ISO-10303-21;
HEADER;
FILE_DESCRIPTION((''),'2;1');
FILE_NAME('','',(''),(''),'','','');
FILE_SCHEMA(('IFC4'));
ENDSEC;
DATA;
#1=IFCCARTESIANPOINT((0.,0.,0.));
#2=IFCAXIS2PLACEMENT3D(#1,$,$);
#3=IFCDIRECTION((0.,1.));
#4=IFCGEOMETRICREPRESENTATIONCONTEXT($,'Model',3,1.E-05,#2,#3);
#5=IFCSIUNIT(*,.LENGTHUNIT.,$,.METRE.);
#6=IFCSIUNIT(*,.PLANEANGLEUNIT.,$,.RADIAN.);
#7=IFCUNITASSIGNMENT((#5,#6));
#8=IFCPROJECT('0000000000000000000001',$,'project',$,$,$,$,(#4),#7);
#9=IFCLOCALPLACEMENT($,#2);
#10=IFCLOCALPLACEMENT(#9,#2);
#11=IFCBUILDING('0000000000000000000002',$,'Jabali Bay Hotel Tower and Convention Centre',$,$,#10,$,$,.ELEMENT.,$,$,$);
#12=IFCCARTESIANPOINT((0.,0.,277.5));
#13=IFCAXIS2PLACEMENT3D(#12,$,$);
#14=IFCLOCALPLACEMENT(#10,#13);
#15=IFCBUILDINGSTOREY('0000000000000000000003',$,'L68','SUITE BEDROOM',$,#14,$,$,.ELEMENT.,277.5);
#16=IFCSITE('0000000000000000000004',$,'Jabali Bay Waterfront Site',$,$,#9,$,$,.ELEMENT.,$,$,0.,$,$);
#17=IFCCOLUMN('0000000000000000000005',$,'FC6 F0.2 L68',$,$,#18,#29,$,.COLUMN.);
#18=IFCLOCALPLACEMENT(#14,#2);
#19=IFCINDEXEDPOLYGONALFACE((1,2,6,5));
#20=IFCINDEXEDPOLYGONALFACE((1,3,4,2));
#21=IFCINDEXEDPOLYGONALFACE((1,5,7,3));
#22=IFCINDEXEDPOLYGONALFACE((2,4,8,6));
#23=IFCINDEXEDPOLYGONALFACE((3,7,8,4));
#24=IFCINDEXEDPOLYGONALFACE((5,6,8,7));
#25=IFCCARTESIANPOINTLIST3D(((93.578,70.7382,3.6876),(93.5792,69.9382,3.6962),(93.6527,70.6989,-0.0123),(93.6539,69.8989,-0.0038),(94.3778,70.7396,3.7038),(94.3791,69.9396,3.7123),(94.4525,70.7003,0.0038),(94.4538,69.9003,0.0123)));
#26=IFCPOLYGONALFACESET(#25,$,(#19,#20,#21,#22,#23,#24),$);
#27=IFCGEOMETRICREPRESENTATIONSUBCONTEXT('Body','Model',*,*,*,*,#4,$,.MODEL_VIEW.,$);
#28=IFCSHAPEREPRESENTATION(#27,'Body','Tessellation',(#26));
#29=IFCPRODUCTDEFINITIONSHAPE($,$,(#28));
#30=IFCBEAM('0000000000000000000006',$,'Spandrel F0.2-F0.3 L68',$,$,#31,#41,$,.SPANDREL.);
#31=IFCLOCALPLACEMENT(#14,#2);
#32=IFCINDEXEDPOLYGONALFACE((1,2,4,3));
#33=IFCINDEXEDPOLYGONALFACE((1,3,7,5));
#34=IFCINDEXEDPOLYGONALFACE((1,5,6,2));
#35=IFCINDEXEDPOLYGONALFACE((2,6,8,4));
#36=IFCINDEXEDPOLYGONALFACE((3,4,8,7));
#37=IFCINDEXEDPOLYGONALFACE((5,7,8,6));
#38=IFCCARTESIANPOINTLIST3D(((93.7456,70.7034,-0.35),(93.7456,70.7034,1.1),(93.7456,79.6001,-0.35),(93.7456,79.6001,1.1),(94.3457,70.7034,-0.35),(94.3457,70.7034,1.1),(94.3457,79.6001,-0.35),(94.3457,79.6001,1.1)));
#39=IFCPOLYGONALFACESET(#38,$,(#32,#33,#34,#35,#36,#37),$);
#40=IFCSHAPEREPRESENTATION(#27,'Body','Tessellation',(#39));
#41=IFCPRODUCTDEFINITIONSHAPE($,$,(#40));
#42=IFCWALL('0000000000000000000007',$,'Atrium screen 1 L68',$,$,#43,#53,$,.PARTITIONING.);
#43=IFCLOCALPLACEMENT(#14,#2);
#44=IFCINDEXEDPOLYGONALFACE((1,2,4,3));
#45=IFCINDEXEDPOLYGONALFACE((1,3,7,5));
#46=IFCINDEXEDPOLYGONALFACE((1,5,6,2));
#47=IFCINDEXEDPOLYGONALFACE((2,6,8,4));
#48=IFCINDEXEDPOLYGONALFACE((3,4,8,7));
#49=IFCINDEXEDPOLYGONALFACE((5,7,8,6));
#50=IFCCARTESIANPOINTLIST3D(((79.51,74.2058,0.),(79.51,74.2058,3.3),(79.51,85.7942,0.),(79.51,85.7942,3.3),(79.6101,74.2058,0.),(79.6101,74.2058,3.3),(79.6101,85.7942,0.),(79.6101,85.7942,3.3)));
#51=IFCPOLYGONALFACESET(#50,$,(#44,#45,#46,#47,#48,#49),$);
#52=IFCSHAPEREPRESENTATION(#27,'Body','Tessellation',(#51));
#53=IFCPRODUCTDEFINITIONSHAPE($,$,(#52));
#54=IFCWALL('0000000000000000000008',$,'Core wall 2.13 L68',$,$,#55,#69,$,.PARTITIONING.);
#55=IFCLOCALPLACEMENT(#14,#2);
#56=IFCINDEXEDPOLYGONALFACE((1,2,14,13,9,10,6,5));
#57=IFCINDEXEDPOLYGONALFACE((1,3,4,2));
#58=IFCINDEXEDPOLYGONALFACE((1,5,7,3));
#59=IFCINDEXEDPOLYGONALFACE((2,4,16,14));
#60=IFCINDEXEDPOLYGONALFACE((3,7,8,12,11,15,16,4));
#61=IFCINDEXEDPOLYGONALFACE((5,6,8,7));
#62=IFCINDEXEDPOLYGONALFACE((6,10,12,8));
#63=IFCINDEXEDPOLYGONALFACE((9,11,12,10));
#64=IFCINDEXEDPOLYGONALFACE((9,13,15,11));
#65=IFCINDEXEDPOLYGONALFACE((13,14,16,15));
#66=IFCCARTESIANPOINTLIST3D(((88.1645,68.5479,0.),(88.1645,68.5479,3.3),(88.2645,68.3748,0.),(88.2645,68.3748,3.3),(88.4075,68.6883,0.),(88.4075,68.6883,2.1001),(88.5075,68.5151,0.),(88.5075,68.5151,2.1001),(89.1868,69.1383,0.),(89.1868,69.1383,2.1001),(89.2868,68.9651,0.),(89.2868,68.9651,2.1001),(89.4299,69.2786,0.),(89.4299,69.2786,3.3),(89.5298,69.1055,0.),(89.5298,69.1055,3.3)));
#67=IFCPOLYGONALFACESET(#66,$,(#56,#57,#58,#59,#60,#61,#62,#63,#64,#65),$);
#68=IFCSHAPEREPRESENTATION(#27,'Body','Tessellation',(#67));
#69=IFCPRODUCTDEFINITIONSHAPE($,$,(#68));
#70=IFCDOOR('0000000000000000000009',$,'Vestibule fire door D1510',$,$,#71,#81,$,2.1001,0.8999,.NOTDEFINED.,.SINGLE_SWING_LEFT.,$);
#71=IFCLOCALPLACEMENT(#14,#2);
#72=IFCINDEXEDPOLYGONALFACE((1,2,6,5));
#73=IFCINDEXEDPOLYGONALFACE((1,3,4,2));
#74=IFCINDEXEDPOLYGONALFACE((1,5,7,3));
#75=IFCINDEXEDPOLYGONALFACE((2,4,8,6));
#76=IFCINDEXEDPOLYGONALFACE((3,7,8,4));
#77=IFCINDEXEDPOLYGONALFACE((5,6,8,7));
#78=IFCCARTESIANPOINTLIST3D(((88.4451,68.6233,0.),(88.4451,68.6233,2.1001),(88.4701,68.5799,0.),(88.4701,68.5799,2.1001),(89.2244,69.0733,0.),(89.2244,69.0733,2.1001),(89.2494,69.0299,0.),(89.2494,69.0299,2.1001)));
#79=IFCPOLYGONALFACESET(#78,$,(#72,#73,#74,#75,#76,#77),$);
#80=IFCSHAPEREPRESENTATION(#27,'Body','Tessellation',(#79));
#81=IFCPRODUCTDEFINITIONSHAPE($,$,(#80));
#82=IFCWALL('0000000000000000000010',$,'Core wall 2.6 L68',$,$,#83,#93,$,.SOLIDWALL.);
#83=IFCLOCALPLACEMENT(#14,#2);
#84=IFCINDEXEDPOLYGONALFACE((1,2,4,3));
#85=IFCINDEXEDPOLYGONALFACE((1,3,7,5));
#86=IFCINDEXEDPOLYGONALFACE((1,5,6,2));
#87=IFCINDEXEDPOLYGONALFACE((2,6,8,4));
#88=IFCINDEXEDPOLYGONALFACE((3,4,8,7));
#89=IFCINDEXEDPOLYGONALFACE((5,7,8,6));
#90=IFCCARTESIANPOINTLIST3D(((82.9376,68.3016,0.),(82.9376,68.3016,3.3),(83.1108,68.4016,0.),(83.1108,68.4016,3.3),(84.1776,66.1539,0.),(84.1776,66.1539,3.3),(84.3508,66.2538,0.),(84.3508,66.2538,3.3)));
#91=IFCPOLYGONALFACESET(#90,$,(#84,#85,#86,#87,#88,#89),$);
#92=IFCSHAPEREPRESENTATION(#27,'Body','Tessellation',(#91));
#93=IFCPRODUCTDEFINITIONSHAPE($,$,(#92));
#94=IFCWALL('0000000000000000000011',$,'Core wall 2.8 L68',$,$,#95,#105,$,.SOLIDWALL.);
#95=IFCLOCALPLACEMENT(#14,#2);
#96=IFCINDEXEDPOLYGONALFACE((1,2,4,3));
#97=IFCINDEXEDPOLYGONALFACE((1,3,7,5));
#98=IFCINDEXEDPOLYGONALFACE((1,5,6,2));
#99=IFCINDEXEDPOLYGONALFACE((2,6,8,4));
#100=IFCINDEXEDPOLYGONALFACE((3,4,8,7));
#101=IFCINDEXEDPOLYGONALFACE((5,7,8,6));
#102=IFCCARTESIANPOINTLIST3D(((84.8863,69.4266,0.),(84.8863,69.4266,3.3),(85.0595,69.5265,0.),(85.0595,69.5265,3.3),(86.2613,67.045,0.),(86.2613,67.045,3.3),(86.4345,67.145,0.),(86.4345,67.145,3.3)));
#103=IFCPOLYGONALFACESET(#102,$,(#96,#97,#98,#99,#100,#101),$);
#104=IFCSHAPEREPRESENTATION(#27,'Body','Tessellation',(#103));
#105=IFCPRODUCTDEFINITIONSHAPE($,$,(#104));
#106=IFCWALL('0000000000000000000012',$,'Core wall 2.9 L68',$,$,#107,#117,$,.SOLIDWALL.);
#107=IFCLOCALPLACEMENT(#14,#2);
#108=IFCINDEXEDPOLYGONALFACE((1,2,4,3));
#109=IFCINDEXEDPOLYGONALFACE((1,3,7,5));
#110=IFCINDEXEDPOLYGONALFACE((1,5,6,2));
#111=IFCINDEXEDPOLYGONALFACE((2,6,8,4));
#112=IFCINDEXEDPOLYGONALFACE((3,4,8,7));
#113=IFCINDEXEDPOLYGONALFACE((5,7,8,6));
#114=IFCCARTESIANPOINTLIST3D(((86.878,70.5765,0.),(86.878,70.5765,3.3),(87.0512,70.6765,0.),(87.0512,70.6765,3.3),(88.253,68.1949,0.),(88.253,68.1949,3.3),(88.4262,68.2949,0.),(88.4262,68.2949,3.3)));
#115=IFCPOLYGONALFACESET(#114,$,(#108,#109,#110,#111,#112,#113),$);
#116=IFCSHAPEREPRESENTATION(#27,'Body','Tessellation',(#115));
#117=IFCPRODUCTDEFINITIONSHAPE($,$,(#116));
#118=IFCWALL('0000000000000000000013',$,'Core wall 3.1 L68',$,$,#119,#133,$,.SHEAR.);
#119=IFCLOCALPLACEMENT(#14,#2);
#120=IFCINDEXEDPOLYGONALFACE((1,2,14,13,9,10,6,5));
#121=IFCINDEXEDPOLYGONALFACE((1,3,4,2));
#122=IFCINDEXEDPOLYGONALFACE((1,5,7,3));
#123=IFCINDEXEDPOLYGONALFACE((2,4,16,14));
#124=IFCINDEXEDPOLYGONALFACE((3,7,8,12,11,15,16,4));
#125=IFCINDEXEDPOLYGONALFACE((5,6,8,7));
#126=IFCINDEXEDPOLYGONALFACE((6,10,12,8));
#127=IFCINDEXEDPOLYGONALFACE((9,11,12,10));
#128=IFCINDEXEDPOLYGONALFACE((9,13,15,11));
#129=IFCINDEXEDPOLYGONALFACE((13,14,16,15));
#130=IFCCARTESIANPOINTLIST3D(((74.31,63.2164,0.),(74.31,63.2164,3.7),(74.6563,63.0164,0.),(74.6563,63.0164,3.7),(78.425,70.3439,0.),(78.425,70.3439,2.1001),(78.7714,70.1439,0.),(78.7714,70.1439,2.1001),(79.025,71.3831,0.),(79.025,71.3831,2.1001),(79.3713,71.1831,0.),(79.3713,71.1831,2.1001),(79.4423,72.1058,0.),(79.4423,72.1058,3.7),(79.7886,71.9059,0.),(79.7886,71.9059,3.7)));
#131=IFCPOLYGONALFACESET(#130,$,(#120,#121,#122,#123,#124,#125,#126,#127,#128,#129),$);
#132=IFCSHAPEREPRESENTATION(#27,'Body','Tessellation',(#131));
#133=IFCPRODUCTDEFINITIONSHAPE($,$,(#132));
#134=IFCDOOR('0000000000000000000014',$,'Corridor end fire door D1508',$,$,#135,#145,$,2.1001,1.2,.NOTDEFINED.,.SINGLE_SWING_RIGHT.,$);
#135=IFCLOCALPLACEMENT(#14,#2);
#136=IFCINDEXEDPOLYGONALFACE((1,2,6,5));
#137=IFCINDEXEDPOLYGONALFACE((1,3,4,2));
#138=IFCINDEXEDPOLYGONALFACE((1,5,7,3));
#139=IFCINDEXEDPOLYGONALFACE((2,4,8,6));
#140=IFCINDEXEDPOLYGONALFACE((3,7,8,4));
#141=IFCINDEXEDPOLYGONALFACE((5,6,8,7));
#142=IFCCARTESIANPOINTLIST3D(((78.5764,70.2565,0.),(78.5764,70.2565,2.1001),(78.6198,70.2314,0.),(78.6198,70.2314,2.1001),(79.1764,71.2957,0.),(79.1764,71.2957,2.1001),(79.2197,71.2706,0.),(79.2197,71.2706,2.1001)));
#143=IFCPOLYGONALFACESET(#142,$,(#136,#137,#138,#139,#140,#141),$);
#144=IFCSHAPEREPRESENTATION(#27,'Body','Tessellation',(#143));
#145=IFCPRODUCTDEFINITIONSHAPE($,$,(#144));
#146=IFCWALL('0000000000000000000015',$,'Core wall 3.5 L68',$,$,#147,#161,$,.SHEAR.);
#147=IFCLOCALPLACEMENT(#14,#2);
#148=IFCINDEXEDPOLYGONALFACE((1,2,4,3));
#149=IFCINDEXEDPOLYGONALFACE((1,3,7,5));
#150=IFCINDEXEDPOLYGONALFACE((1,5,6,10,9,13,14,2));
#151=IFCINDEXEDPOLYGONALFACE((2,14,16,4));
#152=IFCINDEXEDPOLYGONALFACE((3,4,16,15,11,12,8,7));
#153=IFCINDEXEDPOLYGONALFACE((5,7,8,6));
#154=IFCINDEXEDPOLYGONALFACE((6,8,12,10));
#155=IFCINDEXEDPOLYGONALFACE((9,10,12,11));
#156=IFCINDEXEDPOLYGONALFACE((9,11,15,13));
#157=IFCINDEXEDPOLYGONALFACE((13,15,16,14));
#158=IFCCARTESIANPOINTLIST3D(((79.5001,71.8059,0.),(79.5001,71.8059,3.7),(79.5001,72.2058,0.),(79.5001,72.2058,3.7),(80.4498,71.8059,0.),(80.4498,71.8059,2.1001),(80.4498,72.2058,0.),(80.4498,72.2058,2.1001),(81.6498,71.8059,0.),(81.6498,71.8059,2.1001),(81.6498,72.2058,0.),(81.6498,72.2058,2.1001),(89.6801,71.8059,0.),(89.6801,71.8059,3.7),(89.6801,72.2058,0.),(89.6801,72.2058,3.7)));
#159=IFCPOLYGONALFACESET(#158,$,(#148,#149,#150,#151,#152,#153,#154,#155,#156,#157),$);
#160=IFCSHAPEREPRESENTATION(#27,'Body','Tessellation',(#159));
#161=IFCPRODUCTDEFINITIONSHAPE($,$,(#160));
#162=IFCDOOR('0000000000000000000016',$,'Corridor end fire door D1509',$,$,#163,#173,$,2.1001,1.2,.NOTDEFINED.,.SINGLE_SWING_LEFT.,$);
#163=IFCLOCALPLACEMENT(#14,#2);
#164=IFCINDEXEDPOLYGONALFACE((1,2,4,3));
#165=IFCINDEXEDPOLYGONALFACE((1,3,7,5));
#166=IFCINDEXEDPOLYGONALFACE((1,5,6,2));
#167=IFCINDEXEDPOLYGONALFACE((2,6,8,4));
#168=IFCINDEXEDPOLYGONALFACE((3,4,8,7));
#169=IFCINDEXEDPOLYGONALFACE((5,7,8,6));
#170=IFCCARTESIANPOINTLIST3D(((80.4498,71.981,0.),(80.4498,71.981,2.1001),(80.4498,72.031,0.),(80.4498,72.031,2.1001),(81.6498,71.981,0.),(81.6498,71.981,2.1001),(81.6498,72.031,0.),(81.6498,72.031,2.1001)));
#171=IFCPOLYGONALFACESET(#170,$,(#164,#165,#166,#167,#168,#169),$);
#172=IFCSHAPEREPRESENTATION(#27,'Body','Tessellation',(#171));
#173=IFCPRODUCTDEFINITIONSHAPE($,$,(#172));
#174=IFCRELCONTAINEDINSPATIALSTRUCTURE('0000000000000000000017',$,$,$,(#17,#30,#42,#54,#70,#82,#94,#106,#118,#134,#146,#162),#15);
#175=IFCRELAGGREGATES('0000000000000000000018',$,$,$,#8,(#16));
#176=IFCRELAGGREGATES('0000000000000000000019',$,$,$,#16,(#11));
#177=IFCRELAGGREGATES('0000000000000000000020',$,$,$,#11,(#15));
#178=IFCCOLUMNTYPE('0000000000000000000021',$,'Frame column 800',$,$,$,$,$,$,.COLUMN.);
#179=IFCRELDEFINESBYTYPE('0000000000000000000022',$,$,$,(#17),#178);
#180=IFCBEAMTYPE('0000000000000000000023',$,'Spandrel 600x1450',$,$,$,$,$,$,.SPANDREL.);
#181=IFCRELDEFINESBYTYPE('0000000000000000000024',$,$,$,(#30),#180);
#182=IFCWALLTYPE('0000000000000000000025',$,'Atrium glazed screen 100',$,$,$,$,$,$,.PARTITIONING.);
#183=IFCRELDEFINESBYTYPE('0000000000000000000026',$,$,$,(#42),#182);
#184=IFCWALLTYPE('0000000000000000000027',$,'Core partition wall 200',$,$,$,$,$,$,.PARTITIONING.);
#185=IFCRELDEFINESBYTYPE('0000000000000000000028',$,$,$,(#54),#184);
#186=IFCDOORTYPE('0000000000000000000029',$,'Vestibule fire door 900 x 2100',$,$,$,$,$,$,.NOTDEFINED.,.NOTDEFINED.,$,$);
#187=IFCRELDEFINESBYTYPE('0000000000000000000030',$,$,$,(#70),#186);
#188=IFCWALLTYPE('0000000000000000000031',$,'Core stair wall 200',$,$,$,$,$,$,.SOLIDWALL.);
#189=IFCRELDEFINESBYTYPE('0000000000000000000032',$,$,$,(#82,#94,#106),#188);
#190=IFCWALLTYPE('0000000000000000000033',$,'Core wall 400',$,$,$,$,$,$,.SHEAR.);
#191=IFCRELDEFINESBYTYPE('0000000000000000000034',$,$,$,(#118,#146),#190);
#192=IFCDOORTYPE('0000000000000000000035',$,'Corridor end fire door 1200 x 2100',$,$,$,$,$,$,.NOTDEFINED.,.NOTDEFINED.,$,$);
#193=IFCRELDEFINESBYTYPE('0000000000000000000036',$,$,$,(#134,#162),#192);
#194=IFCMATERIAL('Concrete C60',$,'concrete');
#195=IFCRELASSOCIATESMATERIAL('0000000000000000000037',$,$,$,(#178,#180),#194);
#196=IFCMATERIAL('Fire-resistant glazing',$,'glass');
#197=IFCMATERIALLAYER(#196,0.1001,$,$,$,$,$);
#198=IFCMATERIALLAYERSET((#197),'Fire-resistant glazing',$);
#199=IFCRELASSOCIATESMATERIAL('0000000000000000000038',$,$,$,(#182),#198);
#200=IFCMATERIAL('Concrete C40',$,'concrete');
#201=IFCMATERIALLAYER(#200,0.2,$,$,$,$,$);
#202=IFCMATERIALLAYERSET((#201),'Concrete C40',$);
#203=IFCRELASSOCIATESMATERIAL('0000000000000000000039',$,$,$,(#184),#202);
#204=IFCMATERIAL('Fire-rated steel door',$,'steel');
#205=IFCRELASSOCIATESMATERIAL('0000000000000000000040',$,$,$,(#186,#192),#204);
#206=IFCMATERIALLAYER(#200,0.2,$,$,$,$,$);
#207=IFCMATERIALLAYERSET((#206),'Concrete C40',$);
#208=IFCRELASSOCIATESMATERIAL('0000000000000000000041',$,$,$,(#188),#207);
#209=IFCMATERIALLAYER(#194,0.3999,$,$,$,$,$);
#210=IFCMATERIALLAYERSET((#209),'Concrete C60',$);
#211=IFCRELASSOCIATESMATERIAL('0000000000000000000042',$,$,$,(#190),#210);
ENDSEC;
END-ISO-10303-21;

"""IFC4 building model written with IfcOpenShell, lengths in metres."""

from ifc_helpers import new_model, si_unit, direction, frame, frame_2d, origin, origin_2d, place, context, subcontext, project, spatial, rectangle, extrude, material, layer, layer_set, material_profile, profile_set, type_object, element, fill, save


model = new_model("IFC4")

# Units and contexts
model_context = context("Model", 3, precision=1e-05, world=origin(), true_north=direction((0.0, 1.0)))
body_context = subcontext(model_context, "Body", "Model", "MODEL_VIEW")
ifc_project = project(units=[si_unit("LENGTHUNIT", "METRE"), si_unit("PLANEANGLEUNIT", "RADIAN")], contexts=[model_context])

# Site, building, storey
site_placement = place(None, origin())
site = spatial("IfcSite", under=ifc_project, at=site_placement, Name="Jabali Bay Waterfront Site", CompositionType="ELEMENT", RefElevation=0.0)
building_placement = place(site_placement, origin())
building = spatial("IfcBuilding", under=site, at=building_placement, Name="Jabali Bay Hotel Tower and Convention Centre", CompositionType="ELEMENT")
storey_placement = place(building_placement, frame((0.0, 0.0, 277.5)))
storey = spatial("IfcBuildingStorey", under=building, at=storey_placement, Name="L68", Description="SUITE BEDROOM", CompositionType="ELEMENT", Elevation=277.5)

# Column
ifc_material_1 = material(Name="Concrete C60", Category="concrete")
ifc_material_profile_1 = material_profile(ifc_material_1, rectangle(XDim=0.8, YDim=0.8, at=origin_2d()), Name="Frame column 800")
ifc_profile_set_1 = profile_set([ifc_material_profile_1], Name="Concrete C60")
column_type = type_object("IfcColumnType", Name="Frame column 800", PredefinedType="COLUMN", material=ifc_profile_set_1)
column_placement = place(storey_placement, frame((94.0532, 70.2996, 0.0), z_axis=(-0.020186, 0.010621, 0.99974), x_axis=(0.001538, -0.999942, 0.010654)))
element("IfcColumn", 1, at=column_placement, inside=storey, type_object=column_type, Name="FC6 F0.2 L68", PredefinedType="COLUMN", context=body_context, shape_type="SweptSolid", body=[
    extrude(rectangle(XDim=0.8, YDim=0.8, at=origin_2d()), origin(), (0.0, 0.0, 1.0), 3.7009),
])

# Beam
ifc_material_profile_2 = material_profile(ifc_material_1, rectangle(XDim=0.6001, YDim=1.45, at=origin_2d()), Name="Spandrel 600x1450")
ifc_profile_set_2 = profile_set([ifc_material_profile_2], Name="Concrete C60")
beam_type = type_object("IfcBeamType", Name="Spandrel 600x1450", PredefinedType="SPANDREL", material=ifc_profile_set_2)
beam_placement = place(storey_placement, frame((94.0457, 70.7034, 0.375), z_axis=(0.0, 1.0, 0.0), x_axis=(-1.0, 0.0, 0.0)))
element("IfcBeam", 2, at=beam_placement, inside=storey, type_object=beam_type, Name="Spandrel F0.2-F0.3 L68", PredefinedType="SPANDREL", context=body_context, shape_type="SweptSolid", body=[
    extrude(rectangle(XDim=0.6001, YDim=1.45, at=origin_2d()), origin(), (0.0, 0.0, 1.0), 8.8967),
])

# Wall
ifc_material_2 = material(Name="Fire-resistant glazing", Category="glass")
ifc_layer_1 = layer(ifc_material_2, 0.1001)
ifc_layer_set_1 = layer_set([ifc_layer_1], Name="Fire-resistant glazing")
wall_type_1 = type_object("IfcWallType", Name="Atrium glazed screen 100", PredefinedType="PARTITIONING", material=ifc_layer_set_1)
wall_1_placement = place(storey_placement, frame((79.5601, 74.2058, 0.0), z_axis=(0.0, 0.0, 1.0), x_axis=(0.0, 1.0, 0.0)))
element("IfcWall", 3, at=wall_1_placement, inside=storey, type_object=wall_type_1, Name="Atrium screen 1 L68", PredefinedType="PARTITIONING", context=body_context, shape_type="SweptSolid", body=[
    extrude(rectangle(XDim=11.5884, YDim=0.1001, at=frame_2d((5.7942, 0.0))), origin(), (0.0, 0.0, 1.0), 3.3),
])

# Wall, opening, door
ifc_material_3 = material(Name="Concrete C40", Category="concrete")
ifc_layer_2 = layer(ifc_material_3, 0.2)
ifc_layer_set_2 = layer_set([ifc_layer_2], Name="Concrete C40")
wall_type_2 = type_object("IfcWallType", Name="Core partition wall 200", PredefinedType="PARTITIONING", material=ifc_layer_set_2)
wall_2_placement = place(storey_placement, frame((88.2146, 68.4614, 0.0), z_axis=(0.0, 0.0, 1.0), x_axis=(0.865982, 0.500074, 0.0)))
wall_2 = element("IfcWall", 4, at=wall_2_placement, inside=storey, type_object=wall_type_2, Name="Core wall 2.13 L68", PredefinedType="PARTITIONING", context=body_context, shape_type="SweptSolid", body=[
    extrude(rectangle(XDim=1.4612, YDim=0.2, at=frame_2d((0.7305, 0.0))), origin(), (0.0, 0.0, 1.0), 3.3),
])
opening_1_placement = place(wall_2_placement, frame((0.2805, 0.0, 0.0)))
opening_1 = element("IfcOpeningElement", 5, at=opening_1_placement, cuts=wall_2, PredefinedType="OPENING", context=body_context, shape_type="SweptSolid", body=[
    extrude(rectangle(XDim=0.8999, YDim=2.1001, at=frame_2d((0.45, 1.05))), frame((0.0, 0.1104, 0.0), z_axis=(0.0, -1.0, 0.0), x_axis=(1.0, 0.0, 0.0)), (0.0, 0.0, 1.0), 0.2209),
])
ifc_material_4 = material(Name="Fire-rated steel door", Category="steel")
door_type_1 = type_object("IfcDoorType", Name="Vestibule fire door 900 x 2100", OperationType="NOTDEFINED", PredefinedType="NOTDEFINED", material=ifc_material_4)
door_1_placement = place(opening_1_placement, origin())
door_1 = element("IfcDoor", 6, at=door_1_placement, inside=storey, type_object=door_type_1, Name="Vestibule fire door D1510", OperationType="SINGLE_SWING_LEFT", OverallHeight=2.1001, OverallWidth=0.8999, PredefinedType="NOTDEFINED", context=body_context, shape_type="SweptSolid", body=[
    extrude(rectangle(XDim=0.8999, YDim=2.1001, at=frame_2d((0.45, 1.05))), frame((0.0, 0.0249, 0.0), z_axis=(0.0, -1.0, 0.0), x_axis=(1.0, 0.0, 0.0)), (0.0, 0.0, 1.0), 0.05),
])
fill(opening_1, door_1)

# Walls
ifc_layer_3 = layer(ifc_material_3, 0.2)
ifc_layer_set_3 = layer_set([ifc_layer_3], Name="Concrete C40")
wall_type_3 = type_object("IfcWallType", Name="Core stair wall 200", PredefinedType="SOLIDWALL", material=ifc_layer_set_3)
wall_3_placement = place(storey_placement, frame((83.0242, 68.3516, 0.0), z_axis=(0.0, 0.0, 1.0), x_axis=(0.500004, -0.866023, 0.0)))
element("IfcWall", 7, at=wall_3_placement, inside=storey, type_object=wall_type_3, Name="Core wall 2.6 L68", PredefinedType="SOLIDWALL", context=body_context, shape_type="SweptSolid", body=[
    extrude(rectangle(XDim=2.48, YDim=0.2, at=frame_2d((1.24, 0.0))), origin(), (0.0, 0.0, 1.0), 3.3),
])
for number, where, z_axis, x_axis, name in (
    (8, (84.9729, 69.4766, 0.0), (0.0, 0.0, 1.0), (0.499997, -0.866027, 0.0), "Core wall 2.8 L68"),
    (9, (86.9646, 70.6265, 0.0), (0.0, 0.0, 1.0), (0.499997, -0.866027, 0.0), "Core wall 2.9 L68"),
):
    element("IfcWall", number, at=place(storey_placement, frame(where, z_axis=z_axis, x_axis=x_axis)), inside=storey, type_object=wall_type_3, Name=name, PredefinedType="SOLIDWALL", context=body_context, shape_type="SweptSolid", body=[
        extrude(rectangle(XDim=2.75, YDim=0.2, at=frame_2d((1.375, 0.0))), origin(), (0.0, 0.0, 1.0), 3.3),
    ])

# Walls, openings, doors
ifc_layer_4 = layer(ifc_material_1, 0.3999)
ifc_layer_set_4 = layer_set([ifc_layer_4], Name="Concrete C60")
wall_type_4 = type_object("IfcWallType", Name="Core wall 400", PredefinedType="SHEAR", material=ifc_layer_set_4)
wall_4_placement = place(storey_placement, frame((79.6155, 72.0059, 0.0), z_axis=(0.0, 0.0, 1.0), x_axis=(-0.500002, -0.866024, 0.0)))
wall_4 = element("IfcWall", 10, at=wall_4_placement, inside=storey, type_object=wall_type_4, Name="Core wall 3.1 L68", PredefinedType="SHEAR", context=body_context, shape_type="SweptSolid", body=[
    extrude(rectangle(XDim=10.2646, YDim=0.3999, at=frame_2d((5.1323, 0.0))), origin(), (0.0, 0.0, 1.0), 3.7),
])
opening_2_placement = place(wall_4_placement, frame((0.8345, 0.0, 0.0)))
opening_2 = element("IfcOpeningElement", 11, at=opening_2_placement, cuts=wall_4, PredefinedType="OPENING", context=body_context, shape_type="SweptSolid", body=[
    extrude(rectangle(XDim=1.2, YDim=2.1001, at=frame_2d((0.6001, 1.05))), frame((0.0, 0.2104, 0.0), z_axis=(0.0, -1.0, 0.0), x_axis=(1.0, 0.0, 0.0)), (0.0, 0.0, 1.0), 0.4209),
])
door_type_2 = type_object("IfcDoorType", Name="Corridor end fire door 1200 x 2100", OperationType="NOTDEFINED", PredefinedType="NOTDEFINED", material=ifc_material_4)
door_2_placement = place(opening_2_placement, origin())
door_2 = element("IfcDoor", 12, at=door_2_placement, inside=storey, type_object=door_type_2, Name="Corridor end fire door D1508", OperationType="SINGLE_SWING_RIGHT", OverallHeight=2.1001, OverallWidth=1.2, PredefinedType="NOTDEFINED", context=body_context, shape_type="SweptSolid", body=[
    extrude(rectangle(XDim=1.2, YDim=2.1001, at=frame_2d((0.6001, 1.05))), frame((0.0, 0.0249, 0.0), z_axis=(0.0, -1.0, 0.0), x_axis=(1.0, 0.0, 0.0)), (0.0, 0.0, 1.0), 0.05),
])
fill(opening_2, door_2)
wall_5_placement = place(storey_placement, frame((89.6799, 72.0059, 0.0), z_axis=(0.0, 0.0, 1.0), x_axis=(-1.0, 0.0, 0.0)))
wall_5 = element("IfcWall", 13, at=wall_5_placement, inside=storey, type_object=wall_type_4, Name="Core wall 3.5 L68", PredefinedType="SHEAR", context=body_context, shape_type="SweptSolid", body=[
    extrude(rectangle(XDim=10.1799, YDim=0.3999, at=frame_2d((5.0898, 0.0))), origin(), (0.0, 0.0, 1.0), 3.7),
])
opening_3_placement = place(wall_5_placement, frame((8.03, 0.0, 0.0)))
opening_3 = element("IfcOpeningElement", 14, at=opening_3_placement, cuts=wall_5, PredefinedType="OPENING", context=body_context, shape_type="SweptSolid", body=[
    extrude(rectangle(XDim=1.2, YDim=2.1001, at=frame_2d((0.6001, 1.05))), frame((0.0, 0.2104, 0.0), z_axis=(0.0, -1.0, 0.0), x_axis=(1.0, 0.0, 0.0)), (0.0, 0.0, 1.0), 0.4209),
])
door_3_placement = place(opening_3_placement, origin())
door_3 = element("IfcDoor", 15, at=door_3_placement, inside=storey, type_object=door_type_2, Name="Corridor end fire door D1509", OperationType="SINGLE_SWING_LEFT", OverallHeight=2.1001, OverallWidth=1.2, PredefinedType="NOTDEFINED", context=body_context, shape_type="SweptSolid", body=[
    extrude(rectangle(XDim=1.2, YDim=2.1001, at=frame_2d((0.6001, 1.05))), frame((0.0, 0.0249, 0.0), z_axis=(0.0, -1.0, 0.0), x_axis=(1.0, 0.0, 0.0)), (0.0, 0.0, 1.0), 0.05),
])
fill(opening_3, door_3)

save(model, "model.ifc")
